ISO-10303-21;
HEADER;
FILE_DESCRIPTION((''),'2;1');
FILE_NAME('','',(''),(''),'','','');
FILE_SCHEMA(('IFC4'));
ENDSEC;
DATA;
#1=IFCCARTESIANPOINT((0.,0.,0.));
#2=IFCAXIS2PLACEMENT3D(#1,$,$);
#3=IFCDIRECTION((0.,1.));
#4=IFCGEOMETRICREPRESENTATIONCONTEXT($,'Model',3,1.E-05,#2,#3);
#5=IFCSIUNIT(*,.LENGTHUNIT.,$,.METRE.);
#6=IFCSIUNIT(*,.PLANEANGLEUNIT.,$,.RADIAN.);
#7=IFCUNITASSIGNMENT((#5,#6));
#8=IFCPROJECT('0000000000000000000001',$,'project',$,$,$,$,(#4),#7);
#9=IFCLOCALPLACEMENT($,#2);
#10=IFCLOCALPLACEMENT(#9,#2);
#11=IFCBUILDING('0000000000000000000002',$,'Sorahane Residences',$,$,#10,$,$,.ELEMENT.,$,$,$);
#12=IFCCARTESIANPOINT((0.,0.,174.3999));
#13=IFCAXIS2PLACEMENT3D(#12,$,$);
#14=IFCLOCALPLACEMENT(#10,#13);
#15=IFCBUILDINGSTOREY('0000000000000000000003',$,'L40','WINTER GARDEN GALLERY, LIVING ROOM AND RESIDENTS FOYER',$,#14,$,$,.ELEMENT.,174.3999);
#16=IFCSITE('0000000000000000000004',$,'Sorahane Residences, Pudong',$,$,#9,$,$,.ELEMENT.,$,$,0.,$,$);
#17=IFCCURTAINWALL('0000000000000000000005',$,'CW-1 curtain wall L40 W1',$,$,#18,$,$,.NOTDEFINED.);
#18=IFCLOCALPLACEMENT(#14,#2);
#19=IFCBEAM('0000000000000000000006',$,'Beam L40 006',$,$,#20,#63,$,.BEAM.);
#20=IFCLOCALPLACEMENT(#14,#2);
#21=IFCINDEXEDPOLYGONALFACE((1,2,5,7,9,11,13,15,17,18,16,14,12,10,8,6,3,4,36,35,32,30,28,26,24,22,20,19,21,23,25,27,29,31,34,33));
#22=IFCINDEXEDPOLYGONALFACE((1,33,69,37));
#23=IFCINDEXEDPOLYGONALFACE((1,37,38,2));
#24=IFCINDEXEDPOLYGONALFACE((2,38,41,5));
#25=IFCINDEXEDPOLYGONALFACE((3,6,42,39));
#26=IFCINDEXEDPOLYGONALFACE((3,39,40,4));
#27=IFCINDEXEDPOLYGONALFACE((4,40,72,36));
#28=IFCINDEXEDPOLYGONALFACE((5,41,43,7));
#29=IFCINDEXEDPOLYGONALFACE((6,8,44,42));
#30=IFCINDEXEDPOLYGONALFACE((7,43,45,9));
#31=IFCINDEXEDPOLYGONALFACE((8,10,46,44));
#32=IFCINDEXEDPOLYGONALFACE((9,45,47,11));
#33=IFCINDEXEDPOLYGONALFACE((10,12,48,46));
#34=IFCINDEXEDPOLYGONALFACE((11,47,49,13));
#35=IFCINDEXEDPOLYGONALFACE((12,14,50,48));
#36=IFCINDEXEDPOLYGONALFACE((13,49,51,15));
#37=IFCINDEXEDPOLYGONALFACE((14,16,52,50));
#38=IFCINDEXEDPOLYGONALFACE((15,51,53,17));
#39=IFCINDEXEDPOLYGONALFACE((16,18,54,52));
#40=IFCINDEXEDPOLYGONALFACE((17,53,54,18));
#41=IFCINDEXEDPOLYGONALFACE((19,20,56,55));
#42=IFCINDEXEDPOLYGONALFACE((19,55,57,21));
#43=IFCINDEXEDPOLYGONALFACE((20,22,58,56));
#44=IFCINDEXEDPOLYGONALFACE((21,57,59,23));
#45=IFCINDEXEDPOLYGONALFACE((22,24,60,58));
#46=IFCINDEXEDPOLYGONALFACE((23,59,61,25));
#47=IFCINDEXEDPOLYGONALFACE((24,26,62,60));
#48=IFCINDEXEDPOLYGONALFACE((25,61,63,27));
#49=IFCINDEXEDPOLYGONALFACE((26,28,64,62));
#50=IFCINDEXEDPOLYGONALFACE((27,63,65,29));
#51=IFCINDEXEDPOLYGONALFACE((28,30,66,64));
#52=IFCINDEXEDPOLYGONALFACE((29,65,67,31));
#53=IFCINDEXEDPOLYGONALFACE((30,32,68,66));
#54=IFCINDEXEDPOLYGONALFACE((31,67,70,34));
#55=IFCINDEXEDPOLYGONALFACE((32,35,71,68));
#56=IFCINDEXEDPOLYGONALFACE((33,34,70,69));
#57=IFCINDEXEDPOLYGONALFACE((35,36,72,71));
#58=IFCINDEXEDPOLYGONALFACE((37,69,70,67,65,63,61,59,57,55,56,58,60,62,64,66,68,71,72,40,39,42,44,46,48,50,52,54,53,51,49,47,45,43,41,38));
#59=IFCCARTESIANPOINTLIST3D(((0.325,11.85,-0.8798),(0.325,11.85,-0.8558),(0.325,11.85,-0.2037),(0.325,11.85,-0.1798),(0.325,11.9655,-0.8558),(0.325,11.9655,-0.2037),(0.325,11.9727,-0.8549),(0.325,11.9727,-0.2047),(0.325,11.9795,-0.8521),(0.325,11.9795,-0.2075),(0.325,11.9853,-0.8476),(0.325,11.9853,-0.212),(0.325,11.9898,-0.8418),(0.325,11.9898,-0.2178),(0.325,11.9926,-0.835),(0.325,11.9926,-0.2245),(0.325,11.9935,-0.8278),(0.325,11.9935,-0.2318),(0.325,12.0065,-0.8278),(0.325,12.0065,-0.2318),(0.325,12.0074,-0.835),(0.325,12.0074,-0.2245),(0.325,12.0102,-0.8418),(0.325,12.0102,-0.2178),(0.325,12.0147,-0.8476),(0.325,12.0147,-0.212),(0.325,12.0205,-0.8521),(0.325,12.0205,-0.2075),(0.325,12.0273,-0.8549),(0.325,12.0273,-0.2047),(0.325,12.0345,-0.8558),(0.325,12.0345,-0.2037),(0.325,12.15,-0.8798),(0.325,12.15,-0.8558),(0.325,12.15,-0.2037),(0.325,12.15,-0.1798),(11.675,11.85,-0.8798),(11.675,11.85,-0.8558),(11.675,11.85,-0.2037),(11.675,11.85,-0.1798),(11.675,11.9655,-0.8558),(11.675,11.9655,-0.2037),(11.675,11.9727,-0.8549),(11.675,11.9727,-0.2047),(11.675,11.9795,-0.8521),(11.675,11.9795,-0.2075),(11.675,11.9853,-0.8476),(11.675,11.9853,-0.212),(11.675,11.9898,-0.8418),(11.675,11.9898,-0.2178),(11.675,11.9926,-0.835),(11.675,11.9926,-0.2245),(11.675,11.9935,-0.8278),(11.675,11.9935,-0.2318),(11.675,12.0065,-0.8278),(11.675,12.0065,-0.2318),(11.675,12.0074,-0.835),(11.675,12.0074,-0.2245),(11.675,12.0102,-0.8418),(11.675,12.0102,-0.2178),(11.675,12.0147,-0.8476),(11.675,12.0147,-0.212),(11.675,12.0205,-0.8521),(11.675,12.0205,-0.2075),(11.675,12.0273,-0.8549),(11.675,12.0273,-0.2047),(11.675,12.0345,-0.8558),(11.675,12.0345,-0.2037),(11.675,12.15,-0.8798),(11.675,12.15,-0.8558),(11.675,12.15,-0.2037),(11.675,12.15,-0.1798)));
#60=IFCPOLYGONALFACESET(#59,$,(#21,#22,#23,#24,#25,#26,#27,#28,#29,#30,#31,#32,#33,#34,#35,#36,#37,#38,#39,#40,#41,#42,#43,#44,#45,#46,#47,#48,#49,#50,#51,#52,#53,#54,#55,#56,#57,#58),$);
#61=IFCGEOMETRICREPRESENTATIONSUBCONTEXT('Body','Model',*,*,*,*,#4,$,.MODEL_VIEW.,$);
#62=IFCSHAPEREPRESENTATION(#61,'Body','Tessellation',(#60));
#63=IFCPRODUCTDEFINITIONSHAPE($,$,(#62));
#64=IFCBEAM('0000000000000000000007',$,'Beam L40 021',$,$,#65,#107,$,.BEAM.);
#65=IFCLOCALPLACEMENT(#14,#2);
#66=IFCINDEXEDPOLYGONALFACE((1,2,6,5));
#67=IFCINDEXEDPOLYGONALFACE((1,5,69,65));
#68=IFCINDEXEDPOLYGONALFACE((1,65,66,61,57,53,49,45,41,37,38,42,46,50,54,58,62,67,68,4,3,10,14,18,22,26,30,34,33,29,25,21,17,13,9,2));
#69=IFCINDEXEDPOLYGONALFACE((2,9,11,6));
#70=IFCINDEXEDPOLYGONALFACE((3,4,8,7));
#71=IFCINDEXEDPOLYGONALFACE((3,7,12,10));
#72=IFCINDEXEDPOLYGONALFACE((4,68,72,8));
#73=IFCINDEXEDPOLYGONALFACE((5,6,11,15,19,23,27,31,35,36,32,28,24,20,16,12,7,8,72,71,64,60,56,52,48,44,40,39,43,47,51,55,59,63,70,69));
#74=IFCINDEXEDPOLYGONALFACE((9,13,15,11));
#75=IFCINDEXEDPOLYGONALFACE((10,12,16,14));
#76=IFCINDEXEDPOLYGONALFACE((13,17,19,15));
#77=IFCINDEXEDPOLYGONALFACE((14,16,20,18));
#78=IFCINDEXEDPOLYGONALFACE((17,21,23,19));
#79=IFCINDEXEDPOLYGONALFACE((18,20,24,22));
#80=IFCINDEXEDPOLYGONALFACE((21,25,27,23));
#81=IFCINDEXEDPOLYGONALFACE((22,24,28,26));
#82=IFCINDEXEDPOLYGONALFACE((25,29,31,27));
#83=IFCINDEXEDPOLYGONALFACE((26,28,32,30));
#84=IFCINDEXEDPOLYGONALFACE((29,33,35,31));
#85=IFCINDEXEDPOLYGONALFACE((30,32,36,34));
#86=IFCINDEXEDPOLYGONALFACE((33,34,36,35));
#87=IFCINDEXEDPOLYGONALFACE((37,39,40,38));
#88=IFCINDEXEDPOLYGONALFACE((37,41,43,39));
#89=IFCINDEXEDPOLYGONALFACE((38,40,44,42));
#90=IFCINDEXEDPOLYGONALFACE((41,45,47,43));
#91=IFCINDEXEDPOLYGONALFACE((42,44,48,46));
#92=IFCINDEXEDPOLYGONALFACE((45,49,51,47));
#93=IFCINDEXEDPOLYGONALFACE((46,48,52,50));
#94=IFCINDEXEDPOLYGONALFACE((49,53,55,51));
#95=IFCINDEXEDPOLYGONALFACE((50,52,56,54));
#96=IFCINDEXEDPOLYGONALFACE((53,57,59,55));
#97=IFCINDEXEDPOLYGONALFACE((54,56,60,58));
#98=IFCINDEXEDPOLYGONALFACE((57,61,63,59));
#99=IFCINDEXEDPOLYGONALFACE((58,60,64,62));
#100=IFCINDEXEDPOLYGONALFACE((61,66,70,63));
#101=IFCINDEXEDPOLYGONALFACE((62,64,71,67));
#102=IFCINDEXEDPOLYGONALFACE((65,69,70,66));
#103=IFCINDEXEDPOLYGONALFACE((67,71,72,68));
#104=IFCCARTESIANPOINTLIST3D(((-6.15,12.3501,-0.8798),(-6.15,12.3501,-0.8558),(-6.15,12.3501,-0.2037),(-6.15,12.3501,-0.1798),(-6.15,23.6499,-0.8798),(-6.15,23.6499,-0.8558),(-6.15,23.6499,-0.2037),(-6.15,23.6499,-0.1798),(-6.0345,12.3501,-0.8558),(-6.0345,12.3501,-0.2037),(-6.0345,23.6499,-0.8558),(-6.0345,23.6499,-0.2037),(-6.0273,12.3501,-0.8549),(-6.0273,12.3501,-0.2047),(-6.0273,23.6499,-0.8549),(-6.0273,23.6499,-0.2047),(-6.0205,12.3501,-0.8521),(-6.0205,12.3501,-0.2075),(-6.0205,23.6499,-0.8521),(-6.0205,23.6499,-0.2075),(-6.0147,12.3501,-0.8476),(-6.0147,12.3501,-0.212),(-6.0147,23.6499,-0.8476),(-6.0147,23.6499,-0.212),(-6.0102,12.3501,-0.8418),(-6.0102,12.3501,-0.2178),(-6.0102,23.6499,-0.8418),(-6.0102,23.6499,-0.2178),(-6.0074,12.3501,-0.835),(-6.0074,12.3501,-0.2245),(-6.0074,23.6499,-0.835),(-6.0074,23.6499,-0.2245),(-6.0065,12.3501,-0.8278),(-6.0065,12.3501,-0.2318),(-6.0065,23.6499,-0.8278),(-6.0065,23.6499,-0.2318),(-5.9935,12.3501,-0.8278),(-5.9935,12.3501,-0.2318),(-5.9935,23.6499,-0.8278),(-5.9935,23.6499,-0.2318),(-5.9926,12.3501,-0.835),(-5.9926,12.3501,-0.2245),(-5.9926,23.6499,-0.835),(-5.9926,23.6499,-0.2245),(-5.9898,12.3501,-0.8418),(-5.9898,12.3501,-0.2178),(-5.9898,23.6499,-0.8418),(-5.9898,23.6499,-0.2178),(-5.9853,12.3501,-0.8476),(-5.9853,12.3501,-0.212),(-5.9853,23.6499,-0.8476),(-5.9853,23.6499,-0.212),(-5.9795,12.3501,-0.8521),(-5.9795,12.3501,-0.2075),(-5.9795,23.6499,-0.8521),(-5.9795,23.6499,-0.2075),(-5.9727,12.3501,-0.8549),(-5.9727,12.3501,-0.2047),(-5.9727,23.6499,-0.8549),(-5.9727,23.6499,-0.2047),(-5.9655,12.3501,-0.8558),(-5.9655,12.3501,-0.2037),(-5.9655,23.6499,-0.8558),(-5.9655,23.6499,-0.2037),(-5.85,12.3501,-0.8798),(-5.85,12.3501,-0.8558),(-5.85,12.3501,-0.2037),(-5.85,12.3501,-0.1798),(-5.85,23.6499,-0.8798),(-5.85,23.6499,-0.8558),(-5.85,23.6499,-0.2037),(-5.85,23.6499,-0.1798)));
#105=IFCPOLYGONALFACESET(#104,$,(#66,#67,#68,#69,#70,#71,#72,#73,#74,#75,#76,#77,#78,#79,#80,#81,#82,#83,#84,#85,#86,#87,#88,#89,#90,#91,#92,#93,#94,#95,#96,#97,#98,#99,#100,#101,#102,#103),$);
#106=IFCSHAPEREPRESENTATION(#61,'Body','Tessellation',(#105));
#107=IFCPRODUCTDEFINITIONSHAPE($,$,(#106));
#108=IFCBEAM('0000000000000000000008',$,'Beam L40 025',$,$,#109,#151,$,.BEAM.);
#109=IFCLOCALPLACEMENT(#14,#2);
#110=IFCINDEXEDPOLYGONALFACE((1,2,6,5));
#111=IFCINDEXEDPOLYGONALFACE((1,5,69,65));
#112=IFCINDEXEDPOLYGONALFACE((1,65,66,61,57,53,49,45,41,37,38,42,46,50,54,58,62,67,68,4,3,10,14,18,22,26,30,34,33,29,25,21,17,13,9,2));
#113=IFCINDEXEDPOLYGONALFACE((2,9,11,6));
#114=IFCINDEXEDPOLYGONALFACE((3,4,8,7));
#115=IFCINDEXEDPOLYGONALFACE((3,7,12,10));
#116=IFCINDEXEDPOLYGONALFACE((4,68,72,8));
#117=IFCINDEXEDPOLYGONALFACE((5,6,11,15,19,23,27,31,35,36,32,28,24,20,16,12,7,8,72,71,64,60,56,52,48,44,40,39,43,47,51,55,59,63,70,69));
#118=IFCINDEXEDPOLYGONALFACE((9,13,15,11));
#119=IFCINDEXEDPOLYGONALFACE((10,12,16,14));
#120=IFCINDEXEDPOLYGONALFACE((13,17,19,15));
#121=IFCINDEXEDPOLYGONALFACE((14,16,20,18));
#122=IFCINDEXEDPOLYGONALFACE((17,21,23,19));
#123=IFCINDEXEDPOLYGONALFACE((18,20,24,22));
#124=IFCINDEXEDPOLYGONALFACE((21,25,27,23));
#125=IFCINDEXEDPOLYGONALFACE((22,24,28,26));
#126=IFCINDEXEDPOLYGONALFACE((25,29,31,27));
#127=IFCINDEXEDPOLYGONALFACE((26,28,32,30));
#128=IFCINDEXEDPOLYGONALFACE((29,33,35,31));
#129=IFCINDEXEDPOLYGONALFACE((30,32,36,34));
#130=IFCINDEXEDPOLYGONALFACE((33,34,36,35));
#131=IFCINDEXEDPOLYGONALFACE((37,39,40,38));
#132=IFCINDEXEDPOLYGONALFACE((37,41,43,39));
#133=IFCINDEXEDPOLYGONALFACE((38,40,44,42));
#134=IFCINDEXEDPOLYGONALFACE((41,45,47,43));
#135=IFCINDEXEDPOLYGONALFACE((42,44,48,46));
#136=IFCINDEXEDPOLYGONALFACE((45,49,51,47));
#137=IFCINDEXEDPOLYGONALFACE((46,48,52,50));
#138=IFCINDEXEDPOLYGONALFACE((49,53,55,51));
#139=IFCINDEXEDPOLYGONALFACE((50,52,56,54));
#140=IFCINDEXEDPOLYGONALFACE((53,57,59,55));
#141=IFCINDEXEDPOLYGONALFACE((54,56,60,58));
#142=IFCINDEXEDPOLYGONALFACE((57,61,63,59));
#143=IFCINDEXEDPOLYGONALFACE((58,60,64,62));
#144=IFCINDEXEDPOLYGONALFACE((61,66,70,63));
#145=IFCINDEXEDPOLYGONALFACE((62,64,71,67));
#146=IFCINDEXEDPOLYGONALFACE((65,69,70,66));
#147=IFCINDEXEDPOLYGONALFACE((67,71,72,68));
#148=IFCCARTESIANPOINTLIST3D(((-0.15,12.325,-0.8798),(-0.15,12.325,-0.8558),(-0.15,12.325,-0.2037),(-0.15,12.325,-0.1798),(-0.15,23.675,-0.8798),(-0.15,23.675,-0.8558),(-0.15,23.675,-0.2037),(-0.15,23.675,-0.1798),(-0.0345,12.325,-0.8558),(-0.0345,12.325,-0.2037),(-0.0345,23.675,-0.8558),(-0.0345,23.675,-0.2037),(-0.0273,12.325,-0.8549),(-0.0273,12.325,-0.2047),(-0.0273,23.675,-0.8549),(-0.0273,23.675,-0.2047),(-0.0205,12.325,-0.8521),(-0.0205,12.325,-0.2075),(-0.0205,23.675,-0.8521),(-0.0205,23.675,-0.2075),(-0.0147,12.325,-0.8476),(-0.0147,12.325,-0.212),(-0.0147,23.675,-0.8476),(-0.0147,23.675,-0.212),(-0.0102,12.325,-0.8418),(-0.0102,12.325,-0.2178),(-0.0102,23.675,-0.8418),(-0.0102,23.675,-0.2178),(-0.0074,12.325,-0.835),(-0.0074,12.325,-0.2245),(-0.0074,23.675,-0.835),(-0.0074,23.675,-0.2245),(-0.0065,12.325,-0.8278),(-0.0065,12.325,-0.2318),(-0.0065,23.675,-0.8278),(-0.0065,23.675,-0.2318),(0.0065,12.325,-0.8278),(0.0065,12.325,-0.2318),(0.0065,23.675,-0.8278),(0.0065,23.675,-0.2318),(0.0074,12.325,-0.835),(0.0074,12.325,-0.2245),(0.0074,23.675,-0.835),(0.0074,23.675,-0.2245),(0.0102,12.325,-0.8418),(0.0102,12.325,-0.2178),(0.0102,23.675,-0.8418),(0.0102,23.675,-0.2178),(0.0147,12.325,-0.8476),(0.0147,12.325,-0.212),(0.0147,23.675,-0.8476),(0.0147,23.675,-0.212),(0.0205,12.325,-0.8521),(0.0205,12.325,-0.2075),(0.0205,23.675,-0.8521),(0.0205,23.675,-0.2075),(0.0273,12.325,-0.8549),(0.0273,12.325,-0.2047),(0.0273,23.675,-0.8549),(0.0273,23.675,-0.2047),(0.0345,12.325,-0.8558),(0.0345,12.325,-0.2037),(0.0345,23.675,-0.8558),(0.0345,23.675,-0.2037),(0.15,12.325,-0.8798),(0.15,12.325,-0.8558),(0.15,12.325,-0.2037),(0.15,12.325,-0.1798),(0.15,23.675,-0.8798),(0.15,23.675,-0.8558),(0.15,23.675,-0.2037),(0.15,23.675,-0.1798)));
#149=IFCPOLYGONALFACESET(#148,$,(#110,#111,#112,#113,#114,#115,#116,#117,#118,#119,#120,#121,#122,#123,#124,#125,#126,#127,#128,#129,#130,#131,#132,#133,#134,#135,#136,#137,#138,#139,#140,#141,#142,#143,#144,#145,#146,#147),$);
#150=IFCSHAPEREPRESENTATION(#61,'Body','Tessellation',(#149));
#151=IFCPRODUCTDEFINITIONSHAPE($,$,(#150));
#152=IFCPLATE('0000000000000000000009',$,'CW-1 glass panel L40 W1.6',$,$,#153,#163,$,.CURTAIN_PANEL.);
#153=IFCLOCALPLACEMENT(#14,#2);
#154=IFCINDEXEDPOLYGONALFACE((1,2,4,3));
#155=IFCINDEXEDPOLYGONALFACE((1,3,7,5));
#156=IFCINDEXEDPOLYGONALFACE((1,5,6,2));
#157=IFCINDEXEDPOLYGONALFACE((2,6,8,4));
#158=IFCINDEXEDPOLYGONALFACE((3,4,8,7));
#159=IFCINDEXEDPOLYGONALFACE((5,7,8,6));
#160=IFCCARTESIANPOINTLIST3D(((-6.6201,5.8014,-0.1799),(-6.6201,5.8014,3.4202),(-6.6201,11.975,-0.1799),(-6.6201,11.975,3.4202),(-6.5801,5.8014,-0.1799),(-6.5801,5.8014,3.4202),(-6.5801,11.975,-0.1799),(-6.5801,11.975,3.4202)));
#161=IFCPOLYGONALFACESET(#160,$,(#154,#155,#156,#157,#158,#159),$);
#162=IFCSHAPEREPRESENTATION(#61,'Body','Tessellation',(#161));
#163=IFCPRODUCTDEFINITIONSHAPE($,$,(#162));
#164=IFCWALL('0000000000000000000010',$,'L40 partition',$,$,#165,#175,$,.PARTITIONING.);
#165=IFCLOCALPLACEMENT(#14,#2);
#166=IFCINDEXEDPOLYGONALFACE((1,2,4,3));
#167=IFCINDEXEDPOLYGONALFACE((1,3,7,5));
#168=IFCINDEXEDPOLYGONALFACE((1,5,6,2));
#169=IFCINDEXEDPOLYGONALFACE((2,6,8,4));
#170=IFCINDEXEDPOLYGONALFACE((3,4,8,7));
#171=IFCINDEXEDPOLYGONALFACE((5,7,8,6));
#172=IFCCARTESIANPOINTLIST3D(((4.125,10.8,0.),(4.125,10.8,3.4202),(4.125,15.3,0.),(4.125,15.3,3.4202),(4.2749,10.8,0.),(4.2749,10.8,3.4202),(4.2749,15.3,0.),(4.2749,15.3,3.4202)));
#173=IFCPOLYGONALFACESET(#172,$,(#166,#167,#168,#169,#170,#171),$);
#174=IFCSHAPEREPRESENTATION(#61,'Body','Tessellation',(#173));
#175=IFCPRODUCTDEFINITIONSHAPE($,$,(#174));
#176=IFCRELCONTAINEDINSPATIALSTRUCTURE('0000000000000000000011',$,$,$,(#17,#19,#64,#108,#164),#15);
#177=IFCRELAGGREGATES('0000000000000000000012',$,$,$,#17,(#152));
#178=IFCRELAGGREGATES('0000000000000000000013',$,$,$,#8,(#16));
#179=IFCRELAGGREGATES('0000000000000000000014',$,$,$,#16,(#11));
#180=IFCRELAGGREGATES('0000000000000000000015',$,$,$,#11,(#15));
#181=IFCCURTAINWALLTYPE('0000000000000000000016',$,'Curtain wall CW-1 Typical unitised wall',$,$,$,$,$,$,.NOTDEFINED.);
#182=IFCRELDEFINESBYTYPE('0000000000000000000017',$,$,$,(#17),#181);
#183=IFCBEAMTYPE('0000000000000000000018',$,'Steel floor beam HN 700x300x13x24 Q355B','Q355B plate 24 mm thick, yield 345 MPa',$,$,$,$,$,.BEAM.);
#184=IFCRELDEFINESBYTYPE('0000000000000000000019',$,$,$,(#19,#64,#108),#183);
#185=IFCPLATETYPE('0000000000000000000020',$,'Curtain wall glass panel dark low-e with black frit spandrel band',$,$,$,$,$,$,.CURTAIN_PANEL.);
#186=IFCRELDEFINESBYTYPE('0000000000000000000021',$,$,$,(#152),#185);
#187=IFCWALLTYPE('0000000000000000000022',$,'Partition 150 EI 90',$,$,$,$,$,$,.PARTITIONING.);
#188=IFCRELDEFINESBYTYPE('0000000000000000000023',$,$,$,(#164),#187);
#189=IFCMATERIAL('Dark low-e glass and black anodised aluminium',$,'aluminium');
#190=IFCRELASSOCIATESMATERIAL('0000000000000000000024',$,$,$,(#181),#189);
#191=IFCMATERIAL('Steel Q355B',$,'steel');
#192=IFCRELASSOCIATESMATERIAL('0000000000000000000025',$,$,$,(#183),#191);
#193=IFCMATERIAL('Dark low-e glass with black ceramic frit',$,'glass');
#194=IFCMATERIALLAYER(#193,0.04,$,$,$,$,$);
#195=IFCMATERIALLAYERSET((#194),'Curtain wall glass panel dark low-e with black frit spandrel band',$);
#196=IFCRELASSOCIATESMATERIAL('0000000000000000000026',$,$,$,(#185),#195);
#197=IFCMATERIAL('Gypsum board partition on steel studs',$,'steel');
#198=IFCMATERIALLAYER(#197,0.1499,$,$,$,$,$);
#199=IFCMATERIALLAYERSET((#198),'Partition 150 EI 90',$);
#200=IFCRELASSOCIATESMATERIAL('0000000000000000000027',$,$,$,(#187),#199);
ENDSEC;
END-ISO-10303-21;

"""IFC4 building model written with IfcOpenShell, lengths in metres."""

from ifc_helpers import new_model, si_unit, direction, frame, frame_2d, origin, origin_2d, place, context, subcontext, project, spatial, rectangle, i_section, extrude, material, layer, layer_set, material_profile, profile_set, type_object, element, aggregate, save


model = new_model("IFC4")

# Units and contexts
model_context = context("Model", 3, precision=1e-05, world=origin(), true_north=direction((0.0, 1.0)))
body_context = subcontext(model_context, "Body", "Model", "MODEL_VIEW")
ifc_project = project(units=[si_unit("LENGTHUNIT", "METRE"), si_unit("PLANEANGLEUNIT", "RADIAN")], contexts=[model_context])

# Site, building, storey
site_placement = place(None, origin())
site = spatial("IfcSite", under=ifc_project, at=site_placement, Name="Sorahane Residences, Pudong", CompositionType="ELEMENT", RefElevation=0.0)
building_placement = place(site_placement, origin())
building = spatial("IfcBuilding", under=site, at=building_placement, Name="Sorahane Residences", CompositionType="ELEMENT")
storey_placement = place(building_placement, frame((0.0, 0.0, 174.3999)))
storey = spatial("IfcBuildingStorey", under=building, at=storey_placement, Name="L40", Description="WINTER GARDEN GALLERY, LIVING ROOM AND RESIDENTS FOYER", CompositionType="ELEMENT", Elevation=174.3999)

# Curtain wall
ifc_material_1 = material(Name="Dark low-e glass and black anodised aluminium", Category="aluminium")
curtain_wall_type = type_object("IfcCurtainWallType", Name="Curtain wall CW-1 Typical unitised wall", PredefinedType="NOTDEFINED", material=ifc_material_1)
curtain_wall_placement = place(storey_placement, origin())
curtain_wall = element("IfcCurtainWall", 1, at=curtain_wall_placement, inside=storey, type_object=curtain_wall_type, Name="CW-1 curtain wall L40 W1", PredefinedType="NOTDEFINED")

# Beams
ifc_material_2 = material(Name="Steel Q355B", Category="steel")
ifc_material_profile_1 = material_profile(ifc_material_2, i_section(OverallWidth=0.3, OverallDepth=0.7, WebThickness=0.0129, FlangeThickness=0.0239, FilletRadius=0.0281, at=origin_2d()), Name="HN 700x300x13x24")
ifc_profile_set_1 = profile_set([ifc_material_profile_1], Name="Steel Q355B")
beam_type_1 = type_object("IfcBeamType", Name="Steel floor beam HN 700x300x13x24 Q355B", Description="Q355B plate 24 mm thick, yield 345 MPa", PredefinedType="BEAM", material=ifc_profile_set_1)
beam_1_placement = place(storey_placement, frame((0.325, 12.0, -0.5298), z_axis=(1.0, 0.0, 0.0), x_axis=(0.0, 1.0, 0.0)))
element("IfcBeam", 2, at=beam_1_placement, inside=storey, type_object=beam_type_1, Name="Beam L40 006", PredefinedType="BEAM", context=body_context, shape_type="SweptSolid", body=[
    extrude(i_section(OverallWidth=0.3, OverallDepth=0.7, WebThickness=0.0129, FlangeThickness=0.0239, FilletRadius=0.0281, at=origin_2d()), origin(), (0.0, 0.0, 1.0), 11.3501),
])
beam_2_placement = place(storey_placement, frame((-6.0, 12.3501, -0.5298), z_axis=(0.0, 1.0, 0.0), x_axis=(-1.0, 0.0, 0.0)))
element("IfcBeam", 3, at=beam_2_placement, inside=storey, type_object=beam_type_1, Name="Beam L40 021", PredefinedType="BEAM", context=body_context, shape_type="SweptSolid", body=[
    extrude(i_section(OverallWidth=0.3, OverallDepth=0.7, WebThickness=0.0129, FlangeThickness=0.0239, FilletRadius=0.0281, at=origin_2d()), origin(), (0.0, 0.0, 1.0), 11.2998),
])
beam_3_placement = place(storey_placement, frame((0.0, 12.325, -0.5298), z_axis=(0.0, 1.0, 0.0), x_axis=(-1.0, 0.0, 0.0)))
element("IfcBeam", 4, at=beam_3_placement, inside=storey, type_object=beam_type_1, Name="Beam L40 025", PredefinedType="BEAM", context=body_context, shape_type="SweptSolid", body=[
    extrude(i_section(OverallWidth=0.3, OverallDepth=0.7, WebThickness=0.0129, FlangeThickness=0.0239, FilletRadius=0.0281, at=origin_2d()), origin(), (0.0, 0.0, 1.0), 11.3501),
])

# Plate
ifc_material_3 = material(Name="Dark low-e glass with black ceramic frit", Category="glass")
ifc_layer_1 = layer(ifc_material_3, 0.04)
ifc_layer_set_1 = layer_set([ifc_layer_1], Name="Curtain wall glass panel dark low-e with black frit spandrel band")
plate_type = type_object("IfcPlateType", Name="Curtain wall glass panel dark low-e with black frit spandrel band", PredefinedType="CURTAIN_PANEL", material=ifc_layer_set_1)
plate_placement = place(storey_placement, frame((-6.6001, 8.8882, -0.1799), z_axis=(0.0, 0.0, 1.0), x_axis=(0.0, -1.0, 0.0)))
plate = element("IfcPlate", 5, at=plate_placement, type_object=plate_type, Name="CW-1 glass panel L40 W1.6", PredefinedType="CURTAIN_PANEL", context=body_context, shape_type="SweptSolid", body=[
    extrude(rectangle(XDim=6.1736, YDim=0.04, at=origin_2d()), origin(), (0.0, 0.0, 1.0), 3.6001),
])
aggregate(curtain_wall, [plate])

# Wall
ifc_material_4 = material(Name="Gypsum board partition on steel studs", Category="steel")
ifc_layer_2 = layer(ifc_material_4, 0.1499)
ifc_layer_set_2 = layer_set([ifc_layer_2], Name="Partition 150 EI 90")
wall_type = type_object("IfcWallType", Name="Partition 150 EI 90", PredefinedType="PARTITIONING", material=ifc_layer_set_2)
wall_1_placement = place(storey_placement, frame((4.2, 10.8, 0.0), z_axis=(0.0, 0.0, 1.0), x_axis=(0.0, 1.0, 0.0)))
element("IfcWall", 6, at=wall_1_placement, inside=storey, type_object=wall_type, Name="L40 partition", PredefinedType="PARTITIONING", context=body_context, shape_type="SweptSolid", body=[
    extrude(rectangle(XDim=4.5, YDim=0.1499, at=frame_2d((2.25, 0.0))), origin(), (0.0, 0.0, 1.0), 3.4202),
])

save(model, "model.ifc")
